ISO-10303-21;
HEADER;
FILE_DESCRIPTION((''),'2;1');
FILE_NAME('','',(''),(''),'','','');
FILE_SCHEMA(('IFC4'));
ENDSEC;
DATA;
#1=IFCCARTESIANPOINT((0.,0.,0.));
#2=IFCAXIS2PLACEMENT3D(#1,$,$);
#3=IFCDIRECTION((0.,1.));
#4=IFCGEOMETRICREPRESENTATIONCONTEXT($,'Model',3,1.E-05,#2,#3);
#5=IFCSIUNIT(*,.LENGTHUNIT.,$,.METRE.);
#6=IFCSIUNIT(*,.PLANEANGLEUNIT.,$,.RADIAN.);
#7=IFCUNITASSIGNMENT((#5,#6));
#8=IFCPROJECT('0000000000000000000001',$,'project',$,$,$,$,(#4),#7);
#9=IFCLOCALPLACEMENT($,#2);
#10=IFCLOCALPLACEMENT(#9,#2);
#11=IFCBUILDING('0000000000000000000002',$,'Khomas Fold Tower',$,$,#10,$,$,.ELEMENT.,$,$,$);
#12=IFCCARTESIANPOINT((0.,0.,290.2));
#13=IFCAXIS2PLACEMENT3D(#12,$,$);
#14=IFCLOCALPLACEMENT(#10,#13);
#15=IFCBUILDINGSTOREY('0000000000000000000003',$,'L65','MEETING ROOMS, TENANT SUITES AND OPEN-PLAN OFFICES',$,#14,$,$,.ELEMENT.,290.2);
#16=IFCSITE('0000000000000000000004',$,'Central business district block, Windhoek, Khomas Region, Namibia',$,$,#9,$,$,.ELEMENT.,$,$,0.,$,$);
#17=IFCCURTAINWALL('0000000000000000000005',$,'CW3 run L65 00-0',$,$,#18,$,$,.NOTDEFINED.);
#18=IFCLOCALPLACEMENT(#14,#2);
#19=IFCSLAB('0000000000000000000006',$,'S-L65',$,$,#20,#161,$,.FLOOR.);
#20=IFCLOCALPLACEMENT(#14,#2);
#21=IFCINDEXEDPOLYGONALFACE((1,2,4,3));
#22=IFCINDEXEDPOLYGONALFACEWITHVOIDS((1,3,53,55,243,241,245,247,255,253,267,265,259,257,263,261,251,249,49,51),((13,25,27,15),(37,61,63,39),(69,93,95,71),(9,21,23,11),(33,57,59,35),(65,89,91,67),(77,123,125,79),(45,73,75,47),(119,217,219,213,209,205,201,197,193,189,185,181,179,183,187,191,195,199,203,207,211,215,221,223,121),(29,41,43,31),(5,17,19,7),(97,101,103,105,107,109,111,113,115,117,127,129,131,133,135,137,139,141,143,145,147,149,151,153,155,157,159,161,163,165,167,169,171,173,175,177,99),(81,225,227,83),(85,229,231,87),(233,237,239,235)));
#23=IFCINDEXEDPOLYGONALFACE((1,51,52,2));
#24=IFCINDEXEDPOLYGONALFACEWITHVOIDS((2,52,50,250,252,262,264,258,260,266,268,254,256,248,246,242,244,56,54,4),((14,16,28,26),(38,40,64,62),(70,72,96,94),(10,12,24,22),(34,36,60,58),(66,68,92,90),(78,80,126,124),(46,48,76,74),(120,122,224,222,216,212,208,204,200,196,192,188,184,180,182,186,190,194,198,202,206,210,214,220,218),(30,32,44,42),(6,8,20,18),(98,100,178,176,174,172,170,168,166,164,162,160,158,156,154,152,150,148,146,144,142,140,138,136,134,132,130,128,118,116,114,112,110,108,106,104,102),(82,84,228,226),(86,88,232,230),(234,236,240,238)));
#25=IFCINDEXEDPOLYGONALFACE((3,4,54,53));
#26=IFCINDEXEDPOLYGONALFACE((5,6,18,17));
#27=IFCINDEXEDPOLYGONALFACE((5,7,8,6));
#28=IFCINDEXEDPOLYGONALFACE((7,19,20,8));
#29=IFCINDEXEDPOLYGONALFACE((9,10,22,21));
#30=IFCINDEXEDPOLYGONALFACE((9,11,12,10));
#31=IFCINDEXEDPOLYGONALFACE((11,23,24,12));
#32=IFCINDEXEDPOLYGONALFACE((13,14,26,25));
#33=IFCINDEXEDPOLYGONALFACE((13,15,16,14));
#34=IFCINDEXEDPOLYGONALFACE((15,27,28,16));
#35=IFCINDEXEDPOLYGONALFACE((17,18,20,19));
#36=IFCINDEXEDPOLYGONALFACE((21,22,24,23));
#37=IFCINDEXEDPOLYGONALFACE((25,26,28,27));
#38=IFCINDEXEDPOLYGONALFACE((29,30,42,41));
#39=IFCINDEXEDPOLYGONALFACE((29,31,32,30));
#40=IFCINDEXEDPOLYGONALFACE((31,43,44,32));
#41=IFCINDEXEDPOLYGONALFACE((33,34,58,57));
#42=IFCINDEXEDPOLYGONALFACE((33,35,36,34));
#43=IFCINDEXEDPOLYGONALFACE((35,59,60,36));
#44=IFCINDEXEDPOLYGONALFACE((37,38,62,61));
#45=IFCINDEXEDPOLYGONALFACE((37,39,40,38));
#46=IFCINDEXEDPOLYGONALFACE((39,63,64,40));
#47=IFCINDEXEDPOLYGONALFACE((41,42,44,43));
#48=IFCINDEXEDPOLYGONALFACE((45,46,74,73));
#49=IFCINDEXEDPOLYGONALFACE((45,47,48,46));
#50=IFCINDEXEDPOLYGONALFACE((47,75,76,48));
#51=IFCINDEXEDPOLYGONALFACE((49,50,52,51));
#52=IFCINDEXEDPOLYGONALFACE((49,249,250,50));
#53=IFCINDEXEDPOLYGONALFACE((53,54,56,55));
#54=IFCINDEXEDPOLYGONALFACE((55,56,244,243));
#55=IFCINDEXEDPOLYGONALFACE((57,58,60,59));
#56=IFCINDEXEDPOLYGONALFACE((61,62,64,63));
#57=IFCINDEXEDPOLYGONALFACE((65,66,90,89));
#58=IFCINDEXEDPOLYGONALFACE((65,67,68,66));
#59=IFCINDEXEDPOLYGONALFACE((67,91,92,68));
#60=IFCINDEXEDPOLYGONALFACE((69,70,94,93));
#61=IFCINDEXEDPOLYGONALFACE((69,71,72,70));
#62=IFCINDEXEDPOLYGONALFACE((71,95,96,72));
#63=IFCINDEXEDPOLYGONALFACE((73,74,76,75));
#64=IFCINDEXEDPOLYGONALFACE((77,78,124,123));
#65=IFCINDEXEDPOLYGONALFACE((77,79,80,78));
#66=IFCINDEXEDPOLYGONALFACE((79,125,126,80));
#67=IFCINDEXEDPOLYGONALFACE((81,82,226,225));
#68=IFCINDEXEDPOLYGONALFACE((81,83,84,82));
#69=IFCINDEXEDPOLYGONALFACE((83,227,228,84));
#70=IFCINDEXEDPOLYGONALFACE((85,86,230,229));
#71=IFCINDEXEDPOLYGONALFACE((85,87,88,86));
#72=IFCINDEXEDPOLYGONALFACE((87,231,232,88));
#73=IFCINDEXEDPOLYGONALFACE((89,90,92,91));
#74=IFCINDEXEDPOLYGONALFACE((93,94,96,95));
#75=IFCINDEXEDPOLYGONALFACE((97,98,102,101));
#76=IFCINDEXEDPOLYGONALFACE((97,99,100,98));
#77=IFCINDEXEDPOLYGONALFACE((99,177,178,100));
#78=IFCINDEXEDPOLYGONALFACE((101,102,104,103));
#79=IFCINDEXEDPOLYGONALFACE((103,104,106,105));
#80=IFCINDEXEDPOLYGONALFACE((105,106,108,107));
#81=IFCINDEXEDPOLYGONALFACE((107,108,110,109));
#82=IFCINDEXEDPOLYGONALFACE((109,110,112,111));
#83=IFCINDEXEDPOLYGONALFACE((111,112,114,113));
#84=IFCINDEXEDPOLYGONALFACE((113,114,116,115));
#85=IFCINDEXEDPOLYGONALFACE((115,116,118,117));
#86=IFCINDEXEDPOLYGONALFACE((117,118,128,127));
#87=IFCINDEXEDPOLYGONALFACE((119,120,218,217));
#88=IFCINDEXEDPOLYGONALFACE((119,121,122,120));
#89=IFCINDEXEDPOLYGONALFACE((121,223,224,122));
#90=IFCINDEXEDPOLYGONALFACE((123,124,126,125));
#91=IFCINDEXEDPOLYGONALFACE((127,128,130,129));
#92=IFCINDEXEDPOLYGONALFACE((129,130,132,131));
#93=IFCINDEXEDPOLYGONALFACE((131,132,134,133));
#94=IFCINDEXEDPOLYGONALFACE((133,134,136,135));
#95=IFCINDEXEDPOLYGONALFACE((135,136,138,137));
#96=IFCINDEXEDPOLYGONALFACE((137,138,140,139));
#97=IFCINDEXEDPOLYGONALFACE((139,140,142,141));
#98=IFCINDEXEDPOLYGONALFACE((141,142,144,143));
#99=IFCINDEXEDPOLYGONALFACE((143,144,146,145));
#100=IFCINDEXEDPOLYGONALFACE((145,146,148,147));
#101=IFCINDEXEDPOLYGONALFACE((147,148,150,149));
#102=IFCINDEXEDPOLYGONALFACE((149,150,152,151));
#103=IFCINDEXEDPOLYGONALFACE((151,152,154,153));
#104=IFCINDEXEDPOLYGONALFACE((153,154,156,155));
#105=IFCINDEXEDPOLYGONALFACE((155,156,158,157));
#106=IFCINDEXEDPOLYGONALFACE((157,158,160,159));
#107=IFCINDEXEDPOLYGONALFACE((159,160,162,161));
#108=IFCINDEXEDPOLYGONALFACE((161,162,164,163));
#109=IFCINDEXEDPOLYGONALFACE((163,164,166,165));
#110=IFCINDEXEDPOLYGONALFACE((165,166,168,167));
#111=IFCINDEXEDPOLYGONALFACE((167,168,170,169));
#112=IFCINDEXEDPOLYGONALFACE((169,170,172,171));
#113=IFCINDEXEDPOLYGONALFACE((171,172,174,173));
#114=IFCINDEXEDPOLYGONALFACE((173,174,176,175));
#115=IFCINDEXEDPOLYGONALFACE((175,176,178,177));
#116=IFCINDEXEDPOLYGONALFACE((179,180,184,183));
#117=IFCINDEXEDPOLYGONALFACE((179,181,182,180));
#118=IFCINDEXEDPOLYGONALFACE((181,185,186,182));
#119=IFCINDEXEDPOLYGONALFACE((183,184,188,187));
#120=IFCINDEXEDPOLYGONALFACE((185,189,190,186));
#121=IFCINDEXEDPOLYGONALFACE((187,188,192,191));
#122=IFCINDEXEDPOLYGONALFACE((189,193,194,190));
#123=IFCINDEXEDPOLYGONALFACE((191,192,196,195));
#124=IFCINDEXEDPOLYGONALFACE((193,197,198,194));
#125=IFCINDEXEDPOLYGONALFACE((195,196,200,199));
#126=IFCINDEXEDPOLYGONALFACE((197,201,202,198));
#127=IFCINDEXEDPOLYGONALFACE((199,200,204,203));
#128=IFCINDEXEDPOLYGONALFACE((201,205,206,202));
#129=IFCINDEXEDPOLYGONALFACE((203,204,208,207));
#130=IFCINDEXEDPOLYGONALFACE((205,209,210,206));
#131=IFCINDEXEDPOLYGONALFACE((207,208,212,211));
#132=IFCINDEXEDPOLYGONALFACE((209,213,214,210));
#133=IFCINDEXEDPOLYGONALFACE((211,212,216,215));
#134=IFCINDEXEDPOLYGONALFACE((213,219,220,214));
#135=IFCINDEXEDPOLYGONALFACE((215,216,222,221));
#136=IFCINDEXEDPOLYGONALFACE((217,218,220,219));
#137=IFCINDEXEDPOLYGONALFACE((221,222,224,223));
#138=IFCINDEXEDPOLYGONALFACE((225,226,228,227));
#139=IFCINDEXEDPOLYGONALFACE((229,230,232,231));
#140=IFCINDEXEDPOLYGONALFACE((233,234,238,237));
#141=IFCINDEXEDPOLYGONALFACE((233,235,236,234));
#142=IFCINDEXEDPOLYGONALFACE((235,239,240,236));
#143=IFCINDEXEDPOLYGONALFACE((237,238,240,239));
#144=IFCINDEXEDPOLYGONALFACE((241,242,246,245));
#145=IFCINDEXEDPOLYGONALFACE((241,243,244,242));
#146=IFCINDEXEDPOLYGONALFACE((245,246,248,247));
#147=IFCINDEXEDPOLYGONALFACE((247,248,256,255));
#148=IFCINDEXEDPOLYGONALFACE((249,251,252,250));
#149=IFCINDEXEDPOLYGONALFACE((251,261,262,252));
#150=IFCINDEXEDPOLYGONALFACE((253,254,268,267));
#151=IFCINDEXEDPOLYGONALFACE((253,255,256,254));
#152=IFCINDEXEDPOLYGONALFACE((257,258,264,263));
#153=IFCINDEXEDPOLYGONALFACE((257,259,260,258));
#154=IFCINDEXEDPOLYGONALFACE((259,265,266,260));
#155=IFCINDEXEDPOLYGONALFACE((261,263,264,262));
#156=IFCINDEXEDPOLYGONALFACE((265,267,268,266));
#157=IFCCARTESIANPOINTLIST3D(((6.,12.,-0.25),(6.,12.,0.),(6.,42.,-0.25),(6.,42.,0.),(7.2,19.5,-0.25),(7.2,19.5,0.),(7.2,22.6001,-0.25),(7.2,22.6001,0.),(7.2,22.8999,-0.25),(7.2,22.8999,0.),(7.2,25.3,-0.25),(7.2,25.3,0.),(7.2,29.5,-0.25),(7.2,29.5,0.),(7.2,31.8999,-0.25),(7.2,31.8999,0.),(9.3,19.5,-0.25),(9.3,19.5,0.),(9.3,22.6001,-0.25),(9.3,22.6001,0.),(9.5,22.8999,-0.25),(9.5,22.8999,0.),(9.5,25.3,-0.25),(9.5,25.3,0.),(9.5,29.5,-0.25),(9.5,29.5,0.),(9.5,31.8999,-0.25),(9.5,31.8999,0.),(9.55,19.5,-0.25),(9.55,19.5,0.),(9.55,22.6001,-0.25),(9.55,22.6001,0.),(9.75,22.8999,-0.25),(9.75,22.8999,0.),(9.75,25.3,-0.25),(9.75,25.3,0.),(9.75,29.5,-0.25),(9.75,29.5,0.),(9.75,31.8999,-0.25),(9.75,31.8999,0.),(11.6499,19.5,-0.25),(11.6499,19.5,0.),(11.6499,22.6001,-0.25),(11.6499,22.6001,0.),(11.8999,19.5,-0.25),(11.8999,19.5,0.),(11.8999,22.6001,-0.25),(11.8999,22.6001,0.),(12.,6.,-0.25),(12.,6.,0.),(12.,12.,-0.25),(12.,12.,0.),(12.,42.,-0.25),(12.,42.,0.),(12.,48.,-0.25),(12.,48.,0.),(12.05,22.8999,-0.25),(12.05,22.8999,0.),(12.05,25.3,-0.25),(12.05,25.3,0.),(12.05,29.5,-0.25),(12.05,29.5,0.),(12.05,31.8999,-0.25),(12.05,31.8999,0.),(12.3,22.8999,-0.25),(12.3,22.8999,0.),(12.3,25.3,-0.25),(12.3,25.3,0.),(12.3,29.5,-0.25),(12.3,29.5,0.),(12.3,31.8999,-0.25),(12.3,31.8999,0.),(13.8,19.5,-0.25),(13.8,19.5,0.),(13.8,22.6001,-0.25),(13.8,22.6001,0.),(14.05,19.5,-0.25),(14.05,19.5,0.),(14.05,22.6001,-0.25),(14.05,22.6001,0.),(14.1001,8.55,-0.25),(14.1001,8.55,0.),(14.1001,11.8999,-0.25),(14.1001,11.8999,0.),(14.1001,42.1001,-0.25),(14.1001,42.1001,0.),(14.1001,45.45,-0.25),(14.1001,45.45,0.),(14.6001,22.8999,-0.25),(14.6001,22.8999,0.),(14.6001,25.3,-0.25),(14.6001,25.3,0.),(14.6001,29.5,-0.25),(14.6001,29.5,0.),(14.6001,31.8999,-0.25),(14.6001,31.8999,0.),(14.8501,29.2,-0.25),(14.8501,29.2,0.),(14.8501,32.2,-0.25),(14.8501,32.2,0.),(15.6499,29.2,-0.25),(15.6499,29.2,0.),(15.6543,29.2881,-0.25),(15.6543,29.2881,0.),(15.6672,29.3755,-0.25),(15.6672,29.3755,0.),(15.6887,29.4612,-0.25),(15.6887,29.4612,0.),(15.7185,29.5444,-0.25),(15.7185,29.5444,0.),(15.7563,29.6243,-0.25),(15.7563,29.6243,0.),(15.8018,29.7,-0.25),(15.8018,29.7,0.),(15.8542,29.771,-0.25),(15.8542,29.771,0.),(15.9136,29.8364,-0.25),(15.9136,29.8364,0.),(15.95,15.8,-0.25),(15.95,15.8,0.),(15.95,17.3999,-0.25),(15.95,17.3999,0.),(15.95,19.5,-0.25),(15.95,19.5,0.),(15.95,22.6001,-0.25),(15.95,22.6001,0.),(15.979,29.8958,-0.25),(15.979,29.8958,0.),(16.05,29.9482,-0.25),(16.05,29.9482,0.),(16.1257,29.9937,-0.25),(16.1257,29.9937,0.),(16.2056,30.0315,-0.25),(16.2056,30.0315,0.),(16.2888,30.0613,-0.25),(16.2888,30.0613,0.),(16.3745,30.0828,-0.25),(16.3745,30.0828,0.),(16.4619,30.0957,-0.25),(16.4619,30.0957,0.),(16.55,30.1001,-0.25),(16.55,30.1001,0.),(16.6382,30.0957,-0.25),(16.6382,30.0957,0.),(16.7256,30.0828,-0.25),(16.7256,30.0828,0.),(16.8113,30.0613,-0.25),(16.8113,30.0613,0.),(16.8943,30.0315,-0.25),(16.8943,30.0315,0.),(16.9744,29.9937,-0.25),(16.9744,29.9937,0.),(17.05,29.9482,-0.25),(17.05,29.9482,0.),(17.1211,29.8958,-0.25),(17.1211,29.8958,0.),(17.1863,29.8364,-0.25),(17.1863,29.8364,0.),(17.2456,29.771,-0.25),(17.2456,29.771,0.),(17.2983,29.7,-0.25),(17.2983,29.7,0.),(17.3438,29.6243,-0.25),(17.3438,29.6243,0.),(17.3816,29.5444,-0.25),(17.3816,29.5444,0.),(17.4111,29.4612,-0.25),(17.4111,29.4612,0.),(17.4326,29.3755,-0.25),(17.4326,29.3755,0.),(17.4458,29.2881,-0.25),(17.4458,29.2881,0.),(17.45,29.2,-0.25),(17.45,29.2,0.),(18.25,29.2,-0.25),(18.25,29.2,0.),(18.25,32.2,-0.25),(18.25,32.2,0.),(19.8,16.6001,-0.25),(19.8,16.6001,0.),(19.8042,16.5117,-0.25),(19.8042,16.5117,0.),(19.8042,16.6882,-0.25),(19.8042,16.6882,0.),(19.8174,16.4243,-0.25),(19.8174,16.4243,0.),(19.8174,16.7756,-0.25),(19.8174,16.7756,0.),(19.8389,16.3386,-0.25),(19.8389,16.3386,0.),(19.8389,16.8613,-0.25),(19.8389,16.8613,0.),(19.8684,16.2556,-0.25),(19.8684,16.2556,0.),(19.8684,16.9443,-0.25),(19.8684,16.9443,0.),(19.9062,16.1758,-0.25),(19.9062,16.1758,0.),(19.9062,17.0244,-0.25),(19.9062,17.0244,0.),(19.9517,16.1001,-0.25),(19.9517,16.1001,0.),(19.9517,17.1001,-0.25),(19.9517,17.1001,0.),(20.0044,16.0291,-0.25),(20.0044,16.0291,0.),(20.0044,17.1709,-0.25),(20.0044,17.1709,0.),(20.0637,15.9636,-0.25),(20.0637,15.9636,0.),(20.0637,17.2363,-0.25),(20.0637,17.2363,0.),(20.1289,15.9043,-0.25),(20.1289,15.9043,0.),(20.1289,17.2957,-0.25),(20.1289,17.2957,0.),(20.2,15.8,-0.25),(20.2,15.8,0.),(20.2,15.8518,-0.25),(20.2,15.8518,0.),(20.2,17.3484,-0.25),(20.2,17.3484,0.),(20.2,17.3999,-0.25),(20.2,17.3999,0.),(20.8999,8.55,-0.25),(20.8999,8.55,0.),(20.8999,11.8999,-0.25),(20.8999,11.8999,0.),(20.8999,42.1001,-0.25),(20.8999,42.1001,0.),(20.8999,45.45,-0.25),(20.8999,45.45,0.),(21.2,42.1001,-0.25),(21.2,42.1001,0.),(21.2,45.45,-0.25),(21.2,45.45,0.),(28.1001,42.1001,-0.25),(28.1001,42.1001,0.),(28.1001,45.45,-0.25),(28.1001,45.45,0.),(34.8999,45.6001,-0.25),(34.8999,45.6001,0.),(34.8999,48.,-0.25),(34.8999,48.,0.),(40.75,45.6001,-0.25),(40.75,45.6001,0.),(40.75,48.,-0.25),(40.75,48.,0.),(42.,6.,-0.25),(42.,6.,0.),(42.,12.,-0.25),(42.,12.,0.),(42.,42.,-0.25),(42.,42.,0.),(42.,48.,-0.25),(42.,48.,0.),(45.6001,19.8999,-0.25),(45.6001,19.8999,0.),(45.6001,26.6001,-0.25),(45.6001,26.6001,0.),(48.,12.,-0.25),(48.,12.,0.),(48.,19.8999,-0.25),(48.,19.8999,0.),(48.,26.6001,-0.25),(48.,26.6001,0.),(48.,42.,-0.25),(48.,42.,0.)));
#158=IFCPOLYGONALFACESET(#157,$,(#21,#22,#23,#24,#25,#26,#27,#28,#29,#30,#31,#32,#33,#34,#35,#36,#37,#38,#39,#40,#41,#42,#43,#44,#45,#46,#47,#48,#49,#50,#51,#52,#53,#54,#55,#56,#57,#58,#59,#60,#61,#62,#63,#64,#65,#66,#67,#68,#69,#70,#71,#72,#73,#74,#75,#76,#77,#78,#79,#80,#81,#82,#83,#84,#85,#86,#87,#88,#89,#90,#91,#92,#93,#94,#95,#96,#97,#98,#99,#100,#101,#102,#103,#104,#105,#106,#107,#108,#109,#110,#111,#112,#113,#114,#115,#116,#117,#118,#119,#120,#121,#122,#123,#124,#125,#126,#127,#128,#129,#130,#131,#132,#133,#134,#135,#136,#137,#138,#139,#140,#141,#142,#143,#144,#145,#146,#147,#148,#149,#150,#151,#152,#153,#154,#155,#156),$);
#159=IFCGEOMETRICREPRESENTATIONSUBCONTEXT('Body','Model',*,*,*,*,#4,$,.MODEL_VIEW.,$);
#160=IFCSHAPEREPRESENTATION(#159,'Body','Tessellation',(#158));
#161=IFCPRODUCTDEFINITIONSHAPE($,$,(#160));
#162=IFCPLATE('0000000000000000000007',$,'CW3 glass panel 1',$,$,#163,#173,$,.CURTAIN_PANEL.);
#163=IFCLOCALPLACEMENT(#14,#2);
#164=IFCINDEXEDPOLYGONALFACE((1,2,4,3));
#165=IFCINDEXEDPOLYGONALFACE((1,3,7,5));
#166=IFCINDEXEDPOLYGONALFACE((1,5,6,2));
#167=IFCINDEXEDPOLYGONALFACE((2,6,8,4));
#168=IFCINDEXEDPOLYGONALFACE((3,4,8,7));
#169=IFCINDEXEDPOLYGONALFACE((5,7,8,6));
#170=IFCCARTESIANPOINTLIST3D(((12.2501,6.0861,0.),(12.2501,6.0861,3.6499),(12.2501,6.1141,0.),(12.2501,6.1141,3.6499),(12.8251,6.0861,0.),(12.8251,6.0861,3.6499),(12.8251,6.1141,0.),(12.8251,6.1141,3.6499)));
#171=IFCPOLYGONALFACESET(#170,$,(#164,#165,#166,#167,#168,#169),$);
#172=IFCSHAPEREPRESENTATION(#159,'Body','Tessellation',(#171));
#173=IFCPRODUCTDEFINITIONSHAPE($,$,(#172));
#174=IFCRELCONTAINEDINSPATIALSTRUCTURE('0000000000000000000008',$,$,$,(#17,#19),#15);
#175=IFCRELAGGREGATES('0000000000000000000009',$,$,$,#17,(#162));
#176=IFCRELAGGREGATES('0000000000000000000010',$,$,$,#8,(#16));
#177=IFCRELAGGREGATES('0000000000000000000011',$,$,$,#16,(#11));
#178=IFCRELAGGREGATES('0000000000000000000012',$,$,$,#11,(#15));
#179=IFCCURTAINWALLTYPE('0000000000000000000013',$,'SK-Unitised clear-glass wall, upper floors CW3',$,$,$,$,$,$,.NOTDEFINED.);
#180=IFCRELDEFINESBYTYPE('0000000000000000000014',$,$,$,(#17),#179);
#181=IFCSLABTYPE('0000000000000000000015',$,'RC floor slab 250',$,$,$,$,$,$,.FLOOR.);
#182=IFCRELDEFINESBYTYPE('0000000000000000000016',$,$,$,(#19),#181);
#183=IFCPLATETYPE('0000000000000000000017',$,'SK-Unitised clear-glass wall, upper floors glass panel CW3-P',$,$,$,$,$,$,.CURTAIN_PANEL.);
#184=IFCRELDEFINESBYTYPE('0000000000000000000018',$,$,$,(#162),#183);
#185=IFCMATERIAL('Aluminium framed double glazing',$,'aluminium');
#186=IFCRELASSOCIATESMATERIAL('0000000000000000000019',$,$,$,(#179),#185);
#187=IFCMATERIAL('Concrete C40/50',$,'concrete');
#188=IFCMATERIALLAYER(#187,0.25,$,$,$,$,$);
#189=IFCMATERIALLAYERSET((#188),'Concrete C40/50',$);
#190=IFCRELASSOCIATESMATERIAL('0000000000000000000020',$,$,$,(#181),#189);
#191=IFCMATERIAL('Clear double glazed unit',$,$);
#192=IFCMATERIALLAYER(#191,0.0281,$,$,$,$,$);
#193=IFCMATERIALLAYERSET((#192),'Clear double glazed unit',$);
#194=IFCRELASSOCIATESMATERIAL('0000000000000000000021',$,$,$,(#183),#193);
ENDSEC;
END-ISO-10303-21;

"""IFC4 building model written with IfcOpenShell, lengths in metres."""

from ifc_helpers import new_model, si_unit, direction, frame, origin, origin_2d, place, context, subcontext, project, spatial, polyline, rectangle, outline, extrude, source, transform, mapped, material, layer, layer_set, type_object, element, aggregate, save


model = new_model("IFC4")

# Units and contexts
model_context = context("Model", 3, precision=1e-05, world=origin(), true_north=direction((0.0, 1.0)))
body_context = subcontext(model_context, "Body", "Model", "MODEL_VIEW")
ifc_project = project(units=[si_unit("LENGTHUNIT", "METRE"), si_unit("PLANEANGLEUNIT", "RADIAN")], contexts=[model_context])

# Site, building, storey
site_placement = place(None, origin())
site = spatial("IfcSite", under=ifc_project, at=site_placement, Name="Central business district block, Windhoek, Khomas Region, Namibia", CompositionType="ELEMENT", RefElevation=0.0)
building_placement = place(site_placement, origin())
building = spatial("IfcBuilding", under=site, at=building_placement, Name="Khomas Fold Tower", CompositionType="ELEMENT")
storey_placement = place(building_placement, frame((0.0, 0.0, 290.2)))
storey = spatial("IfcBuildingStorey", under=building, at=storey_placement, Name="L65", Description="MEETING ROOMS, TENANT SUITES AND OPEN-PLAN OFFICES", CompositionType="ELEMENT", Elevation=290.2)

# Curtain wall
ifc_material_1 = material(Name="Aluminium framed double glazing", Category="aluminium")
curtain_wall_type = type_object("IfcCurtainWallType", Name="SK-Unitised clear-glass wall, upper floors CW3", PredefinedType="NOTDEFINED", material=ifc_material_1)
curtain_wall_1_placement = place(storey_placement, origin())
curtain_wall_1 = element("IfcCurtainWall", 1, at=curtain_wall_1_placement, inside=storey, type_object=curtain_wall_type, Name="CW3 run L65 00-0", PredefinedType="NOTDEFINED")

# Slab
ifc_material_2 = material(Name="Concrete C40/50", Category="concrete")
ifc_layer_1 = layer(ifc_material_2, 0.25)
ifc_layer_set_1 = layer_set([ifc_layer_1], Name="Concrete C40/50")
slab_type_1 = type_object("IfcSlabType", Name="RC floor slab 250", PredefinedType="FLOOR", material=ifc_layer_set_1)
shared_shape_1 = source(origin(), body_context, "Body", "SweptSolid", [
    extrude(outline(polyline([(6.0, 12.0), (12.0, 12.0), (12.0, 6.0), (42.0, 6.0), (42.0, 12.0), (48.0, 12.0), (48.0, 19.8999), (45.6001, 19.8999), (45.6001, 26.6001), (48.0, 26.6001), (48.0, 42.0), (42.0, 42.0), (42.0, 48.0), (40.75, 48.0), (40.75, 45.6001), (34.8999, 45.6001), (34.8999, 48.0), (12.0, 48.0), (12.0, 42.0), (6.0, 42.0), (6.0, 12.0)]), holes=[polyline([(7.2, 19.5), (7.2, 22.6001), (9.3, 22.6001), (9.3, 19.5), (7.2, 19.5)]), polyline([(7.2, 22.8999), (7.2, 25.3), (9.5, 25.3), (9.5, 22.8999), (7.2, 22.8999)]), polyline([(7.2, 29.5), (7.2, 31.8999), (9.5, 31.8999), (9.5, 29.5), (7.2, 29.5)]), polyline([(9.55, 19.5), (9.55, 22.6001), (11.6499, 22.6001), (11.6499, 19.5), (9.55, 19.5)]), polyline([(9.75, 22.8999), (9.75, 25.3), (12.05, 25.3), (12.05, 22.8999), (9.75, 22.8999)]), polyline([(9.75, 29.5), (9.75, 31.8999), (12.05, 31.8999), (12.05, 29.5), (9.75, 29.5)]), polyline([(11.8999, 19.5), (11.8999, 22.6001), (13.8, 22.6001), (13.8, 19.5), (11.8999, 19.5)]), polyline([(12.3, 22.8999), (12.3, 25.3), (14.6001, 25.3), (14.6001, 22.8999), (12.3, 22.8999)]), polyline([(12.3, 29.5), (12.3, 31.8999), (14.6001, 31.8999), (14.6001, 29.5), (12.3, 29.5)]), polyline([(14.05, 19.5), (14.05, 22.6001), (15.95, 22.6001), (15.95, 19.5), (14.05, 19.5)]), polyline([(14.1001, 8.55), (14.1001, 11.8999), (20.8999, 11.8999), (20.8999, 8.55), (14.1001, 8.55)]), polyline([(14.1001, 42.1001), (14.1001, 45.45), (20.8999, 45.45), (20.8999, 42.1001), (14.1001, 42.1001)]), polyline([(14.8501, 29.2), (14.8501, 32.2), (18.25, 32.2), (18.25, 29.2), (17.45, 29.2), (17.4458, 29.2881), (17.4326, 29.3755), (17.4111, 29.4612), (17.3816, 29.5444), (17.3438, 29.6243), (17.2983, 29.7), (17.2456, 29.771), (17.1863, 29.8364), (17.1211, 29.8958), (17.05, 29.9482), (16.9744, 29.9937), (16.8943, 30.0315), (16.8113, 30.0613), (16.7256, 30.0828), (16.6382, 30.0957), (16.55, 30.1001), (16.4619, 30.0957), (16.3745, 30.0828), (16.2888, 30.0613), (16.2056, 30.0315), (16.1257, 29.9937), (16.05, 29.9482), (15.979, 29.8958), (15.9136, 29.8364), (15.8542, 29.771), (15.8018, 29.7), (15.7563, 29.6243), (15.7185, 29.5444), (15.6887, 29.4612), (15.6672, 29.3755), (15.6543, 29.2881), (15.6499, 29.2), (14.8501, 29.2)]), polyline([(15.95, 15.8), (15.95, 17.3999), (20.2, 17.3999), (20.2, 17.3484), (20.2, 17.3484), (20.1289, 17.2957), (20.0637, 17.2363), (20.0044, 17.1709), (19.9517, 17.1001), (19.9062, 17.0244), (19.8684, 16.9443), (19.8389, 16.8613), (19.8174, 16.7756), (19.8042, 16.6882), (19.8, 16.6001), (19.8042, 16.5117), (19.8174, 16.4243), (19.8389, 16.3386), (19.8684, 16.2556), (19.9062, 16.1758), (19.9517, 16.1001), (20.0044, 16.0291), (20.0637, 15.9636), (20.1289, 15.9043), (20.2, 15.8518), (20.2, 15.8518), (20.2, 15.8), (15.95, 15.8)]), polyline([(21.2, 42.1001), (21.2, 45.45), (28.1001, 45.45), (28.1001, 42.1001), (21.2, 42.1001)])]), origin(), (0.0, 0.0, 1.0), 0.25),
])
slab_1_placement = place(storey_placement, frame((0.0, 0.0, -0.25)))
element("IfcSlab", 2, at=slab_1_placement, inside=storey, type_object=slab_type_1, Name="S-L65", PredefinedType="FLOOR", context=body_context, shape_type="MappedRepresentation", body=[
    mapped(shared_shape_1, transform((0.0, 0.0, 0.0))),
])

# Plate
ifc_material_3 = material(Name="Clear double glazed unit")
ifc_layer_2 = layer(ifc_material_3, 0.0281)
ifc_layer_set_2 = layer_set([ifc_layer_2], Name="Clear double glazed unit")
plate_type = type_object("IfcPlateType", Name="SK-Unitised clear-glass wall, upper floors glass panel CW3-P", PredefinedType="CURTAIN_PANEL", material=ifc_layer_set_2)
shared_shape_2 = source(origin(), body_context, "Body", "SweptSolid", [
    extrude(rectangle(XDim=0.575, YDim=0.0281, at=origin_2d()), origin(), (0.0, 0.0, 1.0), 3.6499),
])
plate_1_placement = place(storey_placement, frame((12.5376, 6.1001, 0.0), z_axis=(0.0, 0.0, 1.0), x_axis=(1.0, 0.0, 0.0)))
plate_1 = element("IfcPlate", 3, at=plate_1_placement, type_object=plate_type, Name="CW3 glass panel 1", PredefinedType="CURTAIN_PANEL", context=body_context, shape_type="MappedRepresentation", body=[
    mapped(shared_shape_2, transform((0.0, 0.0, 0.0))),
])
aggregate(curtain_wall_1, [plate_1])

save(model, "model.ifc")
